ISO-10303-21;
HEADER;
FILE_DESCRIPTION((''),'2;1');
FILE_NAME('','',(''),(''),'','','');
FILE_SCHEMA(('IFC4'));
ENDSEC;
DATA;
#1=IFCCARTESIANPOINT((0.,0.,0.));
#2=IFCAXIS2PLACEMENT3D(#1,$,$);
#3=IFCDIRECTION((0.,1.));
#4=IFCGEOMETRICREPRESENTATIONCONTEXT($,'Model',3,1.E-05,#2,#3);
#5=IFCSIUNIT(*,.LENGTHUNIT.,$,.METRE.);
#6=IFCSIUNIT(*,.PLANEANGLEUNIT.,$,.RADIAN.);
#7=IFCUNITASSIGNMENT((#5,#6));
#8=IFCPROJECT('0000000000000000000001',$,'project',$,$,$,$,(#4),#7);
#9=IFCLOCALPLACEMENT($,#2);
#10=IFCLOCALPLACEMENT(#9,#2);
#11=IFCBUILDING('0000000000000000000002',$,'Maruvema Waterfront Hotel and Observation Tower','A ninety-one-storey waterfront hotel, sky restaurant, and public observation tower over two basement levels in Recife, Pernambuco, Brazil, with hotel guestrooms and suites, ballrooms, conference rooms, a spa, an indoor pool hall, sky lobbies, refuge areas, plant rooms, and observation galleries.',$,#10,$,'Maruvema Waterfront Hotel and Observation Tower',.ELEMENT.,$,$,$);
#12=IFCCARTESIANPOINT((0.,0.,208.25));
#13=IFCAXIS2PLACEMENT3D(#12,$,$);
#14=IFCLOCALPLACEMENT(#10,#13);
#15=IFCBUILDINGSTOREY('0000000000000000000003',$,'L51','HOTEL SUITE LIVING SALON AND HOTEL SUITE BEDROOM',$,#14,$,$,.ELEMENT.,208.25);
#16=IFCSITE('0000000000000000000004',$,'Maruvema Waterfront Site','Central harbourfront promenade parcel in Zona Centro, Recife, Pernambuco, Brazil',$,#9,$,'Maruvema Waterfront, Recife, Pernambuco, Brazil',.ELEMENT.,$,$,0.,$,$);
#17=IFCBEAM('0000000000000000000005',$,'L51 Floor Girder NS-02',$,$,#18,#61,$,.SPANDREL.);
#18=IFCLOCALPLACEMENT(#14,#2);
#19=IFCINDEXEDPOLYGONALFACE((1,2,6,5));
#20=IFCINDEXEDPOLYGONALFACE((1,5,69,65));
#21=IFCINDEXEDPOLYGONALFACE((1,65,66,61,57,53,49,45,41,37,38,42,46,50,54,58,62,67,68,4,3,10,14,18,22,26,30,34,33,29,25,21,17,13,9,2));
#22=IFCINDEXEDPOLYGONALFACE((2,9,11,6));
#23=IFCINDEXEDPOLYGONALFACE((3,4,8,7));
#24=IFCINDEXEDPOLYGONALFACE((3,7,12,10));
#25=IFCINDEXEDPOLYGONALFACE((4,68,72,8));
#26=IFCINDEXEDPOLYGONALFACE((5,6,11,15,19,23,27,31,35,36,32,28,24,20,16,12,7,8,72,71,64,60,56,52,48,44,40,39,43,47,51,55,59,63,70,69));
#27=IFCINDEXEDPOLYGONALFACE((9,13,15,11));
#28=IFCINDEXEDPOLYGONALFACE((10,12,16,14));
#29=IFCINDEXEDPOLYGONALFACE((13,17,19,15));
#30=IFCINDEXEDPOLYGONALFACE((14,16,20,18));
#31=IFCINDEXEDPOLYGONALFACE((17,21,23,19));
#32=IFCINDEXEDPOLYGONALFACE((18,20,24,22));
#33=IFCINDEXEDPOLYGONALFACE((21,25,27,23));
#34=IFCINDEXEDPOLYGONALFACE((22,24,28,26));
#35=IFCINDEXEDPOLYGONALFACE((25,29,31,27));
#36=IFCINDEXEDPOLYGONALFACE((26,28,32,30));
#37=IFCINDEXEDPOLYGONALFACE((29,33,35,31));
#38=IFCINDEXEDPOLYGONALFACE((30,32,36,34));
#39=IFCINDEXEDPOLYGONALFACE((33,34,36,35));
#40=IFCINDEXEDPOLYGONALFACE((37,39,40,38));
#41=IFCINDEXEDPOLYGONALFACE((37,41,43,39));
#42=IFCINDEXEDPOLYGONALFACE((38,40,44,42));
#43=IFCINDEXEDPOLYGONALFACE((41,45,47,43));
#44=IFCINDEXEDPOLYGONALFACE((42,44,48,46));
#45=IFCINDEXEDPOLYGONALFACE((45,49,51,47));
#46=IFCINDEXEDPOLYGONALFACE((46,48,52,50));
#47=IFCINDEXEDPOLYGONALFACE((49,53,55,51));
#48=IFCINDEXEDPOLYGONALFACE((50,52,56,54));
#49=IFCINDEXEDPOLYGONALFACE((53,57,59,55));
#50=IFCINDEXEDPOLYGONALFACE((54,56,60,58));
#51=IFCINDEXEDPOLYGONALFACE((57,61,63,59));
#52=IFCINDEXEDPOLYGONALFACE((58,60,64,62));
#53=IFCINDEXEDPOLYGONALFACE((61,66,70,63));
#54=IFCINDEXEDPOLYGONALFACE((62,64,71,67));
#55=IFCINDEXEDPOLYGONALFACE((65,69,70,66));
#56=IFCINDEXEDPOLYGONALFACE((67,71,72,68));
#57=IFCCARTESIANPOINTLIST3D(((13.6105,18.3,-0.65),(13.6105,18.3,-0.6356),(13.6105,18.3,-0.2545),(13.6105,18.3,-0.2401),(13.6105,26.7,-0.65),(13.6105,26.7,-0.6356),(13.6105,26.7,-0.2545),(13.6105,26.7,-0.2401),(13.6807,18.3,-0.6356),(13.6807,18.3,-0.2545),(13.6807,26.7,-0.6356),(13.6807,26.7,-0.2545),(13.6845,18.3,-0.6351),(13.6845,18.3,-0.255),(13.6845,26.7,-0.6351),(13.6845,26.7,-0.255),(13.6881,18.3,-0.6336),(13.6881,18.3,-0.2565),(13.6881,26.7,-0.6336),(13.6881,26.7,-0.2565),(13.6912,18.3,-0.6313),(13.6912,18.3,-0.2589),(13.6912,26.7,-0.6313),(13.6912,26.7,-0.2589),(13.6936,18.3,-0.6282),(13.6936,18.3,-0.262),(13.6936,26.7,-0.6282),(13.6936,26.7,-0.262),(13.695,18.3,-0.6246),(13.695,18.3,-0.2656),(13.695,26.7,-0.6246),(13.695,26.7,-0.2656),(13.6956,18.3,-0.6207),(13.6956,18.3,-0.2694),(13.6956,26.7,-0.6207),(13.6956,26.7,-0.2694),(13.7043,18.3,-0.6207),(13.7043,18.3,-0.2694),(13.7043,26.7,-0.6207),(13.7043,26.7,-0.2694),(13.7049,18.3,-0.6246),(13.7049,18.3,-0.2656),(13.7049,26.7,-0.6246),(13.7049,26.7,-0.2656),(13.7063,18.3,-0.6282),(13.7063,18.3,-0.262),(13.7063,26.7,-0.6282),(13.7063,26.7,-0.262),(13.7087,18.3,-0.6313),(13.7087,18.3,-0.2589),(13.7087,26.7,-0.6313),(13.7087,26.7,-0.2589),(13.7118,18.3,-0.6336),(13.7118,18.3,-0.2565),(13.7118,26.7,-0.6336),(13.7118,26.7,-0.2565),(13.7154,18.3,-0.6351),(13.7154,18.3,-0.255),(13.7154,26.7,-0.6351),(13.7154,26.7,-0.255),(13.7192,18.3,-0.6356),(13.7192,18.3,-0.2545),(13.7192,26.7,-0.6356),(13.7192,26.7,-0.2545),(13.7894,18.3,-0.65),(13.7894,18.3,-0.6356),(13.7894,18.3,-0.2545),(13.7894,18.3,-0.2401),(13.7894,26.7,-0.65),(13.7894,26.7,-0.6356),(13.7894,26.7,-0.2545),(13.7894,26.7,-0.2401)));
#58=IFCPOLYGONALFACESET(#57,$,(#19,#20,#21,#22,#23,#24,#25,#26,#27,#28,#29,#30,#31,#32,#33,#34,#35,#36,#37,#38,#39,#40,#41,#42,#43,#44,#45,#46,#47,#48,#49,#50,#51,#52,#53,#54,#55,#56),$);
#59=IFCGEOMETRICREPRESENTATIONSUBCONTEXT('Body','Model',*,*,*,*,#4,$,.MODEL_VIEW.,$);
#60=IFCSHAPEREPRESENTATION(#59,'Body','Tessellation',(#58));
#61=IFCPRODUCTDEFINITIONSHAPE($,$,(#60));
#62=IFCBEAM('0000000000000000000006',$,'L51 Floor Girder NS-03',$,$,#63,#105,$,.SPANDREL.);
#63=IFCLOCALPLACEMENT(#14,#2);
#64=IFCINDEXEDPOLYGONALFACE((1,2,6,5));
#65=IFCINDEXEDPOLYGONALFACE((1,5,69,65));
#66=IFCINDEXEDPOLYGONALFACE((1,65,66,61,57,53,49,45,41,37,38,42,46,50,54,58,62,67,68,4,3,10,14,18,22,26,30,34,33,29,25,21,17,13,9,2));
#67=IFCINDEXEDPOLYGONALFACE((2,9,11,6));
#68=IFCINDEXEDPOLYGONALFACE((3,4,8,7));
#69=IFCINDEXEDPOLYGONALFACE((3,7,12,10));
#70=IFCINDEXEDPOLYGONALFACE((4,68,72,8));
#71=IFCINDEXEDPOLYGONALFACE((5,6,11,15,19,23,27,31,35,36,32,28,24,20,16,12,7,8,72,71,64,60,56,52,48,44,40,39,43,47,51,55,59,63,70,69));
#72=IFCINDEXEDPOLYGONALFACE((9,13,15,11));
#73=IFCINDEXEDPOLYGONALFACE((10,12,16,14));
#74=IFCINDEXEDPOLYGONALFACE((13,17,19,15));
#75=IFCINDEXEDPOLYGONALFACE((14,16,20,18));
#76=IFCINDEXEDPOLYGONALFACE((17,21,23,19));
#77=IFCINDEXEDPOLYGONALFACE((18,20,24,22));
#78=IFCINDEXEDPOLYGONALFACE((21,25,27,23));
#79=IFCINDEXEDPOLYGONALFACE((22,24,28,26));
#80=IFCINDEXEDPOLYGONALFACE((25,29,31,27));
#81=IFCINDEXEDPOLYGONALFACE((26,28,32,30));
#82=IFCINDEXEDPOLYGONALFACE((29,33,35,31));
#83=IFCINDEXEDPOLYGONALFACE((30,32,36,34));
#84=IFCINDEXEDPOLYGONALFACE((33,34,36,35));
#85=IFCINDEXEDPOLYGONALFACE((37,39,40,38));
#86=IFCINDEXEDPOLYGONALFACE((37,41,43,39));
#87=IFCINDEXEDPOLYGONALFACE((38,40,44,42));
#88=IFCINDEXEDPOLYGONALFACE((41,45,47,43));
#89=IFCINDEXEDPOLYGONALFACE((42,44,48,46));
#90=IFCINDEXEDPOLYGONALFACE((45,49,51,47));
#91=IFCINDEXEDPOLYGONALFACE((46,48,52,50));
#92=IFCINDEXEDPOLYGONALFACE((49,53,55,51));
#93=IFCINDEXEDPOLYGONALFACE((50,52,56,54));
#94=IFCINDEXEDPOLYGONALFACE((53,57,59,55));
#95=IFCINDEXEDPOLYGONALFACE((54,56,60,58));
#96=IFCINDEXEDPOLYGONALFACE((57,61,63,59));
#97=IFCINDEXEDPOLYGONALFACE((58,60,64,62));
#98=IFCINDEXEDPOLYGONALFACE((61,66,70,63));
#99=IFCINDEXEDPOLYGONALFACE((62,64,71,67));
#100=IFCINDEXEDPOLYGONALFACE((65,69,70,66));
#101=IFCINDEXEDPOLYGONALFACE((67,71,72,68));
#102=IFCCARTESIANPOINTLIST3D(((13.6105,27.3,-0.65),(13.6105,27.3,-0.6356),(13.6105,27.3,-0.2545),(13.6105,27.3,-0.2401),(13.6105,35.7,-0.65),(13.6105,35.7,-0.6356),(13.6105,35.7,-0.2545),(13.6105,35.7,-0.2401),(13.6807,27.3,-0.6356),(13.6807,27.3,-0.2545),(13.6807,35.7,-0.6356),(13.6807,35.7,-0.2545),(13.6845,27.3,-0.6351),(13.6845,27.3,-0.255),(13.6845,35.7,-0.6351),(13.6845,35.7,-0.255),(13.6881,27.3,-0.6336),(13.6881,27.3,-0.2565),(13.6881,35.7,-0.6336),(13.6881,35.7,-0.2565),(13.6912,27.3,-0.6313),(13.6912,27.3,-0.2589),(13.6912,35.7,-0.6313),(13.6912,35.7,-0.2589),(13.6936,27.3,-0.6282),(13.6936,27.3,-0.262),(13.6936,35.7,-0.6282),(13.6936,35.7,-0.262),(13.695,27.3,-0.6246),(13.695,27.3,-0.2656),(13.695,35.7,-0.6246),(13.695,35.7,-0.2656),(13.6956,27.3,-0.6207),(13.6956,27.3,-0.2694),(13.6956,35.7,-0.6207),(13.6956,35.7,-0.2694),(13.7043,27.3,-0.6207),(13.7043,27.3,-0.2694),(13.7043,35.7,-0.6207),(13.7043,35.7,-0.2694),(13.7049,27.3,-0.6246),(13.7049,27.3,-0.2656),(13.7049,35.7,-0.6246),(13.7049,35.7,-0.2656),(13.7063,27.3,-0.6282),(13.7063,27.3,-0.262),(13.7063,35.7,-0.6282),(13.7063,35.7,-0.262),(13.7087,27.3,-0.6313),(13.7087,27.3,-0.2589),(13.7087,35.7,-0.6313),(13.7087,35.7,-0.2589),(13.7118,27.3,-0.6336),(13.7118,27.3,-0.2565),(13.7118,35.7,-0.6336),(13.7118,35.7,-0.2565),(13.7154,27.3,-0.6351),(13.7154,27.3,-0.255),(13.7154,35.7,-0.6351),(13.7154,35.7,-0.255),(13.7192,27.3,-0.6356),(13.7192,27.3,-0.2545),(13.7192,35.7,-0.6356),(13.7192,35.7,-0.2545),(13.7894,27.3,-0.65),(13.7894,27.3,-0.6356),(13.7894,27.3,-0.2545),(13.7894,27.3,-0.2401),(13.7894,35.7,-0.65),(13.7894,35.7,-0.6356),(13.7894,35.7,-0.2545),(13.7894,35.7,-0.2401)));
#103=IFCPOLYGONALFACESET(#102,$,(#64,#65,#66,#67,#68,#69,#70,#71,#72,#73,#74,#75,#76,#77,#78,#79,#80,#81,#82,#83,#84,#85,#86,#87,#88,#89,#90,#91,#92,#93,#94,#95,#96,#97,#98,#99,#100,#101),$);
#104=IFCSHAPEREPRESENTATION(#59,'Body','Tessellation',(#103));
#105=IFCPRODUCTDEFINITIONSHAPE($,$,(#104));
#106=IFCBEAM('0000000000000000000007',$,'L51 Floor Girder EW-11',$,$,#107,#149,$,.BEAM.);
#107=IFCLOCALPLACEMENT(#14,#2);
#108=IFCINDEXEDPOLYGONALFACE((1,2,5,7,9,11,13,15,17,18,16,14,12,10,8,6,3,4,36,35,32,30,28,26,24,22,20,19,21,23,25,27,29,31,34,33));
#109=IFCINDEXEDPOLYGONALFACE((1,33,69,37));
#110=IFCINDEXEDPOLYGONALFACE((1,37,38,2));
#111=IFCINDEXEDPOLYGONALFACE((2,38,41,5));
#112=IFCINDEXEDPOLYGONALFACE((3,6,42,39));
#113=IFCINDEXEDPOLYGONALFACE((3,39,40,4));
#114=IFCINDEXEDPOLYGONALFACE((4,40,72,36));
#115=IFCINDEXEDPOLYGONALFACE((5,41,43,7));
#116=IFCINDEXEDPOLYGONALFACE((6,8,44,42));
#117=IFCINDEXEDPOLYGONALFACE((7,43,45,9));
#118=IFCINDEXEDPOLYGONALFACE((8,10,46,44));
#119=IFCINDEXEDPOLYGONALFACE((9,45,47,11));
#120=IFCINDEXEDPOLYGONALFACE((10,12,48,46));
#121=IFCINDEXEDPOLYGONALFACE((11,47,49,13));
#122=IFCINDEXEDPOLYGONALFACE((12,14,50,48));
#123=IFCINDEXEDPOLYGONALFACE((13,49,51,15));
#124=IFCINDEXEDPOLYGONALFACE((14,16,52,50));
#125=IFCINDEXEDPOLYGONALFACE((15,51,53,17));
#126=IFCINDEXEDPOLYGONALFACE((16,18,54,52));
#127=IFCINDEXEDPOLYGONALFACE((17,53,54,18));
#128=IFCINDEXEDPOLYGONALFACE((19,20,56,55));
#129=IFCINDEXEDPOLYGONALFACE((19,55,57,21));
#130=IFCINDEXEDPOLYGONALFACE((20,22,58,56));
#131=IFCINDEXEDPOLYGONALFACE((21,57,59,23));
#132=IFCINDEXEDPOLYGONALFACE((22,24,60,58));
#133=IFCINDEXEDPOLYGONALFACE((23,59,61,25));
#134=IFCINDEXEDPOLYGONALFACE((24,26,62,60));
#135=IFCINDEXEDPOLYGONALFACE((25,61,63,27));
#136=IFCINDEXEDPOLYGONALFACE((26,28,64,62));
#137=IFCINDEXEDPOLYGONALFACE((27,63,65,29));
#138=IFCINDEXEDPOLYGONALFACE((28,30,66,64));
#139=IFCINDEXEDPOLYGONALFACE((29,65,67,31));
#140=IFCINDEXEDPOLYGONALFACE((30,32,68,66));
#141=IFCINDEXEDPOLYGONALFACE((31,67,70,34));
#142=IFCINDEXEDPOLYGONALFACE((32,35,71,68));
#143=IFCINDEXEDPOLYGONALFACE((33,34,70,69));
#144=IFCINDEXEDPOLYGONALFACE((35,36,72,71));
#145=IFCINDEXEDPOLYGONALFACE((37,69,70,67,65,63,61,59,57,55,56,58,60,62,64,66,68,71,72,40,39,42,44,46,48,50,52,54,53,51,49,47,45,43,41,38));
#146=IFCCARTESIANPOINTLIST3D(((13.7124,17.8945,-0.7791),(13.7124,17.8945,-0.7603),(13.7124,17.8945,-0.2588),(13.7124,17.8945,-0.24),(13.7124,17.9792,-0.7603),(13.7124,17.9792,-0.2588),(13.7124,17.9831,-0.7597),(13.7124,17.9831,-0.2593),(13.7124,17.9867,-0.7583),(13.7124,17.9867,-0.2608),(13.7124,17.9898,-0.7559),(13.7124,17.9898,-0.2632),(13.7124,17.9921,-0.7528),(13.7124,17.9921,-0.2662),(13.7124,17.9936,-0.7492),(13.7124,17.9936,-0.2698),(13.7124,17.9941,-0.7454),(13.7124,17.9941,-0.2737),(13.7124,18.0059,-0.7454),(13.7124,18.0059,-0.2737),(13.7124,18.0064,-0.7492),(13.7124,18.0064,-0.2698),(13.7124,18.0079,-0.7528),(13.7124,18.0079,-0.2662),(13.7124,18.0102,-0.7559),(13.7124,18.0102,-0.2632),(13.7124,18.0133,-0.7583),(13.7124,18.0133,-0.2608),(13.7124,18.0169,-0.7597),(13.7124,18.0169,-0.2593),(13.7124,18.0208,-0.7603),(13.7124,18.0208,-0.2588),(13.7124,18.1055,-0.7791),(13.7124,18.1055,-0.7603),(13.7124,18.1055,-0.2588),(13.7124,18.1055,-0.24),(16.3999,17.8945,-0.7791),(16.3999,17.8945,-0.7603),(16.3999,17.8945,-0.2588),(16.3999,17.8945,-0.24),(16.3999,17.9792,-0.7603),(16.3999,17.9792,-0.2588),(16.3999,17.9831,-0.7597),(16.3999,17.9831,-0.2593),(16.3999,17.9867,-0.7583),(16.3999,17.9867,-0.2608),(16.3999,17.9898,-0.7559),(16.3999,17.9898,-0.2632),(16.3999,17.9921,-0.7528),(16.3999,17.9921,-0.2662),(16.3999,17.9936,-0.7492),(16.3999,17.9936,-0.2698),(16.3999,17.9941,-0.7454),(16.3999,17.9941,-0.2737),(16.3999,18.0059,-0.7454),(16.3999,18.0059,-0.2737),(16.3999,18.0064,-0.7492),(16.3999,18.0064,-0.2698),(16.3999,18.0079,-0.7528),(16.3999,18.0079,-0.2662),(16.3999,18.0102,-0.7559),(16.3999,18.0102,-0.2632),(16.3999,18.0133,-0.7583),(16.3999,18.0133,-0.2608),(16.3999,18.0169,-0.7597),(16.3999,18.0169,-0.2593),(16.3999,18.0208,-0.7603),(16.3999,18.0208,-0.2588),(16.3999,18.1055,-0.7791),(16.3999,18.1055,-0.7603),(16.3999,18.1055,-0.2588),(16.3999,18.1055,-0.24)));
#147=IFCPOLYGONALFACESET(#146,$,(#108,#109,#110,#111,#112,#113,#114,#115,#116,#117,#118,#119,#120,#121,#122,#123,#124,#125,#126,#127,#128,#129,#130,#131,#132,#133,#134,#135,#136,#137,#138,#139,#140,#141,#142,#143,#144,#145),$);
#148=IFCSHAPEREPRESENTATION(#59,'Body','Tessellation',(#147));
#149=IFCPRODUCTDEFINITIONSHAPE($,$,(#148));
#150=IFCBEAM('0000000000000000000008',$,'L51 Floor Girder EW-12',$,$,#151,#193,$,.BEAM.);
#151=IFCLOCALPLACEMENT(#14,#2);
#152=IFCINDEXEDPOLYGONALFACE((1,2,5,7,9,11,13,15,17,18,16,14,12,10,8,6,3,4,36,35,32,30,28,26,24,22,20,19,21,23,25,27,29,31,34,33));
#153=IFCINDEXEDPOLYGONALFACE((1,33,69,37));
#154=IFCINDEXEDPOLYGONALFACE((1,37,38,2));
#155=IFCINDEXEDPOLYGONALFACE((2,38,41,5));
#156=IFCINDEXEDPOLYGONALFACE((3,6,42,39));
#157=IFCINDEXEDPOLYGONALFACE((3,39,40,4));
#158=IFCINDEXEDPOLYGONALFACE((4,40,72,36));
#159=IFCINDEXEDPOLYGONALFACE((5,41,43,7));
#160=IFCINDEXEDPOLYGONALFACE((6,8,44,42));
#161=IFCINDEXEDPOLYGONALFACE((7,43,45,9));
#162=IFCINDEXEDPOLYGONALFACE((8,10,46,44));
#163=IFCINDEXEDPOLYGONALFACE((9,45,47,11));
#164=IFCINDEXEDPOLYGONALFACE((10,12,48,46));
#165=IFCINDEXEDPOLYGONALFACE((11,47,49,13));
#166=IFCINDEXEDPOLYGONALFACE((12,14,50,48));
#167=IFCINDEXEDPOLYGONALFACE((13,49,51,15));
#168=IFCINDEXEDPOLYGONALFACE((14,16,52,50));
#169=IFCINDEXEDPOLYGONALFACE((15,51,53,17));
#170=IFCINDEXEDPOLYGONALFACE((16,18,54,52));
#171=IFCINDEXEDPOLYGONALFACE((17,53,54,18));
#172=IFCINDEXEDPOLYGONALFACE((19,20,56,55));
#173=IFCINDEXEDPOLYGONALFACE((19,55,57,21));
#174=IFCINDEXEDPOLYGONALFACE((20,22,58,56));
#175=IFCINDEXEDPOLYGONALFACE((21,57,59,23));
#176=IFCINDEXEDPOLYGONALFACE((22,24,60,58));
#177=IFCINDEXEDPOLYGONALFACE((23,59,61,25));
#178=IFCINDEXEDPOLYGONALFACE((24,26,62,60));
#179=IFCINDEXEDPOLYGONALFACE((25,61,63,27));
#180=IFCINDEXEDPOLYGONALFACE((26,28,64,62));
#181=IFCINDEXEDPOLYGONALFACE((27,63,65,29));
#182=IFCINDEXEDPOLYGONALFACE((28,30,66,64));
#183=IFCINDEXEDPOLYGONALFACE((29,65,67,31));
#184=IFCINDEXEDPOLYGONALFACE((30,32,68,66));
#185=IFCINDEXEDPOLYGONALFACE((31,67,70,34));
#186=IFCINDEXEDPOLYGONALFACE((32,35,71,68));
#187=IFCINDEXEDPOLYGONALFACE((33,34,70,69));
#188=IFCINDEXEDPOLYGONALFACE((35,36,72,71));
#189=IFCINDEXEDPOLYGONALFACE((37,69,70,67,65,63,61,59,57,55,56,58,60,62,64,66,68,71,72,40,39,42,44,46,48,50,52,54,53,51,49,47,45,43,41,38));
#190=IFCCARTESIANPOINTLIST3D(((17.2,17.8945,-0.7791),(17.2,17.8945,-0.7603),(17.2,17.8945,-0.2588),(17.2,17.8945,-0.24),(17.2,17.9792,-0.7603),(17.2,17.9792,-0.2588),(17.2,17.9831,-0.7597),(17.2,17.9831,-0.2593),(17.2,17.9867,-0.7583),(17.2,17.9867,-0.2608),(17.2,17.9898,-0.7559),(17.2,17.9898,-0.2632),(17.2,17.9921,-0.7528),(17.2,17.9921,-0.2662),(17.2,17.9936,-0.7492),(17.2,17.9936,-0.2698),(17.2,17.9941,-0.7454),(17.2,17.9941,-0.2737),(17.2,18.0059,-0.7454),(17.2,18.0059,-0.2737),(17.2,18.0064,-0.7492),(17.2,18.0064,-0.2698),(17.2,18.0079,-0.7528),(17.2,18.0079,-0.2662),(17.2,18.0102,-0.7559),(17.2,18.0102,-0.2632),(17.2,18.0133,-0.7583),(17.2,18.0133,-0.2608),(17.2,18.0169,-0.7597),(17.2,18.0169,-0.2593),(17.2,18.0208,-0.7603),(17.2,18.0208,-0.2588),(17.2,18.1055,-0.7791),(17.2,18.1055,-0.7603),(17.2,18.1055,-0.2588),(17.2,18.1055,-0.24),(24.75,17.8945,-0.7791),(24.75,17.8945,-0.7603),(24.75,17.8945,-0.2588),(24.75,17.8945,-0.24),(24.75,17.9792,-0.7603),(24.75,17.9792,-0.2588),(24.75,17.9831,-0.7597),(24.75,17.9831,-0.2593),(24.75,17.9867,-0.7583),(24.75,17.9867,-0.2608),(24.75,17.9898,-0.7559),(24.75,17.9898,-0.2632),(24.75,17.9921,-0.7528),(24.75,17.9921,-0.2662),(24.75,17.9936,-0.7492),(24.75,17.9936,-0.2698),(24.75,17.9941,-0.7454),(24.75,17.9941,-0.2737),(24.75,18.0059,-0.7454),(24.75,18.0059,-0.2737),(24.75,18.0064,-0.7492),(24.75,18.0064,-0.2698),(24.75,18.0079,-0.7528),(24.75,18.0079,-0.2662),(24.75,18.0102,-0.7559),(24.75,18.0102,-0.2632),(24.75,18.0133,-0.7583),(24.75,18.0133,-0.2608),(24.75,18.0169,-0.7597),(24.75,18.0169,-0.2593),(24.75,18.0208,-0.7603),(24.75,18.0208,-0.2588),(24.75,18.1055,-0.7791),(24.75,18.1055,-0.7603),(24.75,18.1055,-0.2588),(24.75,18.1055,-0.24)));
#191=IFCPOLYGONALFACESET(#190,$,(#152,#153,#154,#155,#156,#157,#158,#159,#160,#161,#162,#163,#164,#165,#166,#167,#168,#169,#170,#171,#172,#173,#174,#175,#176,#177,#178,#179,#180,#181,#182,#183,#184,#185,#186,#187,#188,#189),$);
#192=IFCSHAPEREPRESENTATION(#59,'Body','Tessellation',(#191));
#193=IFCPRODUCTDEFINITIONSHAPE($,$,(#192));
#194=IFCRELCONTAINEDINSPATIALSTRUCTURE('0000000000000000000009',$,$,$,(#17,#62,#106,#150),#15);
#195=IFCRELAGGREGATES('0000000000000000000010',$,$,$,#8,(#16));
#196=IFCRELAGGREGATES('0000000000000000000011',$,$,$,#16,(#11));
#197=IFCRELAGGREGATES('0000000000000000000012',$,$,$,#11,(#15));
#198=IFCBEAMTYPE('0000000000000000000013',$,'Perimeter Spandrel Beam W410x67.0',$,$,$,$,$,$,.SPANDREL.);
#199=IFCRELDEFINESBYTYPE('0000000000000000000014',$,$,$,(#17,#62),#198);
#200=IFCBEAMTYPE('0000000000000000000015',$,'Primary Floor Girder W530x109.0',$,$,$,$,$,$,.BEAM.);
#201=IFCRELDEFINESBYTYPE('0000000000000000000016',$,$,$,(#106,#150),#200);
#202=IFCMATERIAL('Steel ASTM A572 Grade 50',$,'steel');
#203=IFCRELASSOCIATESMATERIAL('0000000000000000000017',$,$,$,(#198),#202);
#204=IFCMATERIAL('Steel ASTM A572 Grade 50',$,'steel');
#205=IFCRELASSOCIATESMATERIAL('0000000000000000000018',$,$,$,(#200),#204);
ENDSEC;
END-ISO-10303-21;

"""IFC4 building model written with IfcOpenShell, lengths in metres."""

from ifc_helpers import new_model, si_unit, direction, frame, origin, origin_2d, place, context, subcontext, project, spatial, i_section, extrude, material, material_profile, profile_set, type_object, element, save


model = new_model("IFC4")

# Units and contexts
model_context = context("Model", 3, precision=1e-05, world=origin(), true_north=direction((0.0, 1.0)))
body_context = subcontext(model_context, "Body", "Model", "MODEL_VIEW")
ifc_project = project(units=[si_unit("LENGTHUNIT", "METRE"), si_unit("PLANEANGLEUNIT", "RADIAN")], contexts=[model_context])

# Site, building, storey
site_placement = place(None, origin())
site = spatial("IfcSite", under=ifc_project, at=site_placement, Name="Maruvema Waterfront Site", Description="Central harbourfront promenade parcel in Zona Centro, Recife, Pernambuco, Brazil", LongName="Maruvema Waterfront, Recife, Pernambuco, Brazil", CompositionType="ELEMENT", RefElevation=0.0)
building_placement = place(site_placement, origin())
building = spatial("IfcBuilding", under=site, at=building_placement, Name="Maruvema Waterfront Hotel and Observation Tower", Description="A ninety-one-storey waterfront hotel, sky restaurant, and public observation tower over two basement levels in Recife, Pernambuco, Brazil, with hotel guestrooms and suites, ballrooms, conference rooms, a spa, an indoor pool hall, sky lobbies, refuge areas, plant rooms, and observation galleries.", LongName="Maruvema Waterfront Hotel and Observation Tower", CompositionType="ELEMENT")
storey_placement = place(building_placement, frame((0.0, 0.0, 208.25)))
storey = spatial("IfcBuildingStorey", under=building, at=storey_placement, Name="L51", Description="HOTEL SUITE LIVING SALON AND HOTEL SUITE BEDROOM", CompositionType="ELEMENT", Elevation=208.25)

# Beams
ifc_material_1 = material(Name="Steel ASTM A572 Grade 50", Category="steel")
ifc_material_profile_1 = material_profile(ifc_material_1, i_section(OverallWidth=0.179, OverallDepth=0.4099, WebThickness=0.0088, FlangeThickness=0.0144, FilletRadius=0.0149, at=origin_2d()), Name="W410x67.0")
ifc_profile_set_1 = profile_set([ifc_material_profile_1], Name="Steel ASTM A572 Grade 50")
beam_type_1 = type_object("IfcBeamType", Name="Perimeter Spandrel Beam W410x67.0", PredefinedType="SPANDREL", material=ifc_profile_set_1)
for number, where, z_axis, x_axis, name in (
    (1, (13.7, 18.3, -0.4451), (0.0, 1.0, 0.0), (-1.0, 0.0, 0.0), "L51 Floor Girder NS-02"),
    (2, (13.7, 27.3, -0.4451), (0.0, 1.0, 0.0), (-1.0, 0.0, 0.0), "L51 Floor Girder NS-03"),
):
    element("IfcBeam", number, at=place(storey_placement, frame(where, z_axis=z_axis, x_axis=x_axis)), inside=storey, type_object=beam_type_1, Name=name, PredefinedType="SPANDREL", context=body_context, shape_type="SweptSolid", body=[
        extrude(i_section(OverallWidth=0.179, OverallDepth=0.4099, WebThickness=0.0088, FlangeThickness=0.0144, FilletRadius=0.0149, at=origin_2d()), origin(), (0.0, 0.0, 1.0), 8.3999),
    ])
ifc_material_2 = material(Name="Steel ASTM A572 Grade 50", Category="steel")
ifc_material_profile_2 = material_profile(ifc_material_2, i_section(OverallWidth=0.2109, OverallDepth=0.5391, WebThickness=0.0117, FlangeThickness=0.0188, FilletRadius=0.0149, at=origin_2d()), Name="W530x109.0")
ifc_profile_set_2 = profile_set([ifc_material_profile_2], Name="Steel ASTM A572 Grade 50")
beam_type_2 = type_object("IfcBeamType", Name="Primary Floor Girder W530x109.0", PredefinedType="BEAM", material=ifc_profile_set_2)
beam_1_placement = place(storey_placement, frame((13.7124, 18.0, -0.5095), z_axis=(1.0, 0.0, 0.0), x_axis=(0.0, 1.0, 0.0)))
element("IfcBeam", 3, at=beam_1_placement, inside=storey, type_object=beam_type_2, Name="L51 Floor Girder EW-11", PredefinedType="BEAM", context=body_context, shape_type="SweptSolid", body=[
    extrude(i_section(OverallWidth=0.2109, OverallDepth=0.5391, WebThickness=0.0117, FlangeThickness=0.0188, FilletRadius=0.0149, at=origin_2d()), origin(), (0.0, 0.0, 1.0), 2.6875),
])
beam_2_placement = place(storey_placement, frame((17.2, 18.0, -0.5095), z_axis=(1.0, 0.0, 0.0), x_axis=(0.0, 1.0, 0.0)))
element("IfcBeam", 4, at=beam_2_placement, inside=storey, type_object=beam_type_2, Name="L51 Floor Girder EW-12", PredefinedType="BEAM", context=body_context, shape_type="SweptSolid", body=[
    extrude(i_section(OverallWidth=0.2109, OverallDepth=0.5391, WebThickness=0.0117, FlangeThickness=0.0188, FilletRadius=0.0149, at=origin_2d()), origin(), (0.0, 0.0, 1.0), 7.55),
])

save(model, "model.ifc")
